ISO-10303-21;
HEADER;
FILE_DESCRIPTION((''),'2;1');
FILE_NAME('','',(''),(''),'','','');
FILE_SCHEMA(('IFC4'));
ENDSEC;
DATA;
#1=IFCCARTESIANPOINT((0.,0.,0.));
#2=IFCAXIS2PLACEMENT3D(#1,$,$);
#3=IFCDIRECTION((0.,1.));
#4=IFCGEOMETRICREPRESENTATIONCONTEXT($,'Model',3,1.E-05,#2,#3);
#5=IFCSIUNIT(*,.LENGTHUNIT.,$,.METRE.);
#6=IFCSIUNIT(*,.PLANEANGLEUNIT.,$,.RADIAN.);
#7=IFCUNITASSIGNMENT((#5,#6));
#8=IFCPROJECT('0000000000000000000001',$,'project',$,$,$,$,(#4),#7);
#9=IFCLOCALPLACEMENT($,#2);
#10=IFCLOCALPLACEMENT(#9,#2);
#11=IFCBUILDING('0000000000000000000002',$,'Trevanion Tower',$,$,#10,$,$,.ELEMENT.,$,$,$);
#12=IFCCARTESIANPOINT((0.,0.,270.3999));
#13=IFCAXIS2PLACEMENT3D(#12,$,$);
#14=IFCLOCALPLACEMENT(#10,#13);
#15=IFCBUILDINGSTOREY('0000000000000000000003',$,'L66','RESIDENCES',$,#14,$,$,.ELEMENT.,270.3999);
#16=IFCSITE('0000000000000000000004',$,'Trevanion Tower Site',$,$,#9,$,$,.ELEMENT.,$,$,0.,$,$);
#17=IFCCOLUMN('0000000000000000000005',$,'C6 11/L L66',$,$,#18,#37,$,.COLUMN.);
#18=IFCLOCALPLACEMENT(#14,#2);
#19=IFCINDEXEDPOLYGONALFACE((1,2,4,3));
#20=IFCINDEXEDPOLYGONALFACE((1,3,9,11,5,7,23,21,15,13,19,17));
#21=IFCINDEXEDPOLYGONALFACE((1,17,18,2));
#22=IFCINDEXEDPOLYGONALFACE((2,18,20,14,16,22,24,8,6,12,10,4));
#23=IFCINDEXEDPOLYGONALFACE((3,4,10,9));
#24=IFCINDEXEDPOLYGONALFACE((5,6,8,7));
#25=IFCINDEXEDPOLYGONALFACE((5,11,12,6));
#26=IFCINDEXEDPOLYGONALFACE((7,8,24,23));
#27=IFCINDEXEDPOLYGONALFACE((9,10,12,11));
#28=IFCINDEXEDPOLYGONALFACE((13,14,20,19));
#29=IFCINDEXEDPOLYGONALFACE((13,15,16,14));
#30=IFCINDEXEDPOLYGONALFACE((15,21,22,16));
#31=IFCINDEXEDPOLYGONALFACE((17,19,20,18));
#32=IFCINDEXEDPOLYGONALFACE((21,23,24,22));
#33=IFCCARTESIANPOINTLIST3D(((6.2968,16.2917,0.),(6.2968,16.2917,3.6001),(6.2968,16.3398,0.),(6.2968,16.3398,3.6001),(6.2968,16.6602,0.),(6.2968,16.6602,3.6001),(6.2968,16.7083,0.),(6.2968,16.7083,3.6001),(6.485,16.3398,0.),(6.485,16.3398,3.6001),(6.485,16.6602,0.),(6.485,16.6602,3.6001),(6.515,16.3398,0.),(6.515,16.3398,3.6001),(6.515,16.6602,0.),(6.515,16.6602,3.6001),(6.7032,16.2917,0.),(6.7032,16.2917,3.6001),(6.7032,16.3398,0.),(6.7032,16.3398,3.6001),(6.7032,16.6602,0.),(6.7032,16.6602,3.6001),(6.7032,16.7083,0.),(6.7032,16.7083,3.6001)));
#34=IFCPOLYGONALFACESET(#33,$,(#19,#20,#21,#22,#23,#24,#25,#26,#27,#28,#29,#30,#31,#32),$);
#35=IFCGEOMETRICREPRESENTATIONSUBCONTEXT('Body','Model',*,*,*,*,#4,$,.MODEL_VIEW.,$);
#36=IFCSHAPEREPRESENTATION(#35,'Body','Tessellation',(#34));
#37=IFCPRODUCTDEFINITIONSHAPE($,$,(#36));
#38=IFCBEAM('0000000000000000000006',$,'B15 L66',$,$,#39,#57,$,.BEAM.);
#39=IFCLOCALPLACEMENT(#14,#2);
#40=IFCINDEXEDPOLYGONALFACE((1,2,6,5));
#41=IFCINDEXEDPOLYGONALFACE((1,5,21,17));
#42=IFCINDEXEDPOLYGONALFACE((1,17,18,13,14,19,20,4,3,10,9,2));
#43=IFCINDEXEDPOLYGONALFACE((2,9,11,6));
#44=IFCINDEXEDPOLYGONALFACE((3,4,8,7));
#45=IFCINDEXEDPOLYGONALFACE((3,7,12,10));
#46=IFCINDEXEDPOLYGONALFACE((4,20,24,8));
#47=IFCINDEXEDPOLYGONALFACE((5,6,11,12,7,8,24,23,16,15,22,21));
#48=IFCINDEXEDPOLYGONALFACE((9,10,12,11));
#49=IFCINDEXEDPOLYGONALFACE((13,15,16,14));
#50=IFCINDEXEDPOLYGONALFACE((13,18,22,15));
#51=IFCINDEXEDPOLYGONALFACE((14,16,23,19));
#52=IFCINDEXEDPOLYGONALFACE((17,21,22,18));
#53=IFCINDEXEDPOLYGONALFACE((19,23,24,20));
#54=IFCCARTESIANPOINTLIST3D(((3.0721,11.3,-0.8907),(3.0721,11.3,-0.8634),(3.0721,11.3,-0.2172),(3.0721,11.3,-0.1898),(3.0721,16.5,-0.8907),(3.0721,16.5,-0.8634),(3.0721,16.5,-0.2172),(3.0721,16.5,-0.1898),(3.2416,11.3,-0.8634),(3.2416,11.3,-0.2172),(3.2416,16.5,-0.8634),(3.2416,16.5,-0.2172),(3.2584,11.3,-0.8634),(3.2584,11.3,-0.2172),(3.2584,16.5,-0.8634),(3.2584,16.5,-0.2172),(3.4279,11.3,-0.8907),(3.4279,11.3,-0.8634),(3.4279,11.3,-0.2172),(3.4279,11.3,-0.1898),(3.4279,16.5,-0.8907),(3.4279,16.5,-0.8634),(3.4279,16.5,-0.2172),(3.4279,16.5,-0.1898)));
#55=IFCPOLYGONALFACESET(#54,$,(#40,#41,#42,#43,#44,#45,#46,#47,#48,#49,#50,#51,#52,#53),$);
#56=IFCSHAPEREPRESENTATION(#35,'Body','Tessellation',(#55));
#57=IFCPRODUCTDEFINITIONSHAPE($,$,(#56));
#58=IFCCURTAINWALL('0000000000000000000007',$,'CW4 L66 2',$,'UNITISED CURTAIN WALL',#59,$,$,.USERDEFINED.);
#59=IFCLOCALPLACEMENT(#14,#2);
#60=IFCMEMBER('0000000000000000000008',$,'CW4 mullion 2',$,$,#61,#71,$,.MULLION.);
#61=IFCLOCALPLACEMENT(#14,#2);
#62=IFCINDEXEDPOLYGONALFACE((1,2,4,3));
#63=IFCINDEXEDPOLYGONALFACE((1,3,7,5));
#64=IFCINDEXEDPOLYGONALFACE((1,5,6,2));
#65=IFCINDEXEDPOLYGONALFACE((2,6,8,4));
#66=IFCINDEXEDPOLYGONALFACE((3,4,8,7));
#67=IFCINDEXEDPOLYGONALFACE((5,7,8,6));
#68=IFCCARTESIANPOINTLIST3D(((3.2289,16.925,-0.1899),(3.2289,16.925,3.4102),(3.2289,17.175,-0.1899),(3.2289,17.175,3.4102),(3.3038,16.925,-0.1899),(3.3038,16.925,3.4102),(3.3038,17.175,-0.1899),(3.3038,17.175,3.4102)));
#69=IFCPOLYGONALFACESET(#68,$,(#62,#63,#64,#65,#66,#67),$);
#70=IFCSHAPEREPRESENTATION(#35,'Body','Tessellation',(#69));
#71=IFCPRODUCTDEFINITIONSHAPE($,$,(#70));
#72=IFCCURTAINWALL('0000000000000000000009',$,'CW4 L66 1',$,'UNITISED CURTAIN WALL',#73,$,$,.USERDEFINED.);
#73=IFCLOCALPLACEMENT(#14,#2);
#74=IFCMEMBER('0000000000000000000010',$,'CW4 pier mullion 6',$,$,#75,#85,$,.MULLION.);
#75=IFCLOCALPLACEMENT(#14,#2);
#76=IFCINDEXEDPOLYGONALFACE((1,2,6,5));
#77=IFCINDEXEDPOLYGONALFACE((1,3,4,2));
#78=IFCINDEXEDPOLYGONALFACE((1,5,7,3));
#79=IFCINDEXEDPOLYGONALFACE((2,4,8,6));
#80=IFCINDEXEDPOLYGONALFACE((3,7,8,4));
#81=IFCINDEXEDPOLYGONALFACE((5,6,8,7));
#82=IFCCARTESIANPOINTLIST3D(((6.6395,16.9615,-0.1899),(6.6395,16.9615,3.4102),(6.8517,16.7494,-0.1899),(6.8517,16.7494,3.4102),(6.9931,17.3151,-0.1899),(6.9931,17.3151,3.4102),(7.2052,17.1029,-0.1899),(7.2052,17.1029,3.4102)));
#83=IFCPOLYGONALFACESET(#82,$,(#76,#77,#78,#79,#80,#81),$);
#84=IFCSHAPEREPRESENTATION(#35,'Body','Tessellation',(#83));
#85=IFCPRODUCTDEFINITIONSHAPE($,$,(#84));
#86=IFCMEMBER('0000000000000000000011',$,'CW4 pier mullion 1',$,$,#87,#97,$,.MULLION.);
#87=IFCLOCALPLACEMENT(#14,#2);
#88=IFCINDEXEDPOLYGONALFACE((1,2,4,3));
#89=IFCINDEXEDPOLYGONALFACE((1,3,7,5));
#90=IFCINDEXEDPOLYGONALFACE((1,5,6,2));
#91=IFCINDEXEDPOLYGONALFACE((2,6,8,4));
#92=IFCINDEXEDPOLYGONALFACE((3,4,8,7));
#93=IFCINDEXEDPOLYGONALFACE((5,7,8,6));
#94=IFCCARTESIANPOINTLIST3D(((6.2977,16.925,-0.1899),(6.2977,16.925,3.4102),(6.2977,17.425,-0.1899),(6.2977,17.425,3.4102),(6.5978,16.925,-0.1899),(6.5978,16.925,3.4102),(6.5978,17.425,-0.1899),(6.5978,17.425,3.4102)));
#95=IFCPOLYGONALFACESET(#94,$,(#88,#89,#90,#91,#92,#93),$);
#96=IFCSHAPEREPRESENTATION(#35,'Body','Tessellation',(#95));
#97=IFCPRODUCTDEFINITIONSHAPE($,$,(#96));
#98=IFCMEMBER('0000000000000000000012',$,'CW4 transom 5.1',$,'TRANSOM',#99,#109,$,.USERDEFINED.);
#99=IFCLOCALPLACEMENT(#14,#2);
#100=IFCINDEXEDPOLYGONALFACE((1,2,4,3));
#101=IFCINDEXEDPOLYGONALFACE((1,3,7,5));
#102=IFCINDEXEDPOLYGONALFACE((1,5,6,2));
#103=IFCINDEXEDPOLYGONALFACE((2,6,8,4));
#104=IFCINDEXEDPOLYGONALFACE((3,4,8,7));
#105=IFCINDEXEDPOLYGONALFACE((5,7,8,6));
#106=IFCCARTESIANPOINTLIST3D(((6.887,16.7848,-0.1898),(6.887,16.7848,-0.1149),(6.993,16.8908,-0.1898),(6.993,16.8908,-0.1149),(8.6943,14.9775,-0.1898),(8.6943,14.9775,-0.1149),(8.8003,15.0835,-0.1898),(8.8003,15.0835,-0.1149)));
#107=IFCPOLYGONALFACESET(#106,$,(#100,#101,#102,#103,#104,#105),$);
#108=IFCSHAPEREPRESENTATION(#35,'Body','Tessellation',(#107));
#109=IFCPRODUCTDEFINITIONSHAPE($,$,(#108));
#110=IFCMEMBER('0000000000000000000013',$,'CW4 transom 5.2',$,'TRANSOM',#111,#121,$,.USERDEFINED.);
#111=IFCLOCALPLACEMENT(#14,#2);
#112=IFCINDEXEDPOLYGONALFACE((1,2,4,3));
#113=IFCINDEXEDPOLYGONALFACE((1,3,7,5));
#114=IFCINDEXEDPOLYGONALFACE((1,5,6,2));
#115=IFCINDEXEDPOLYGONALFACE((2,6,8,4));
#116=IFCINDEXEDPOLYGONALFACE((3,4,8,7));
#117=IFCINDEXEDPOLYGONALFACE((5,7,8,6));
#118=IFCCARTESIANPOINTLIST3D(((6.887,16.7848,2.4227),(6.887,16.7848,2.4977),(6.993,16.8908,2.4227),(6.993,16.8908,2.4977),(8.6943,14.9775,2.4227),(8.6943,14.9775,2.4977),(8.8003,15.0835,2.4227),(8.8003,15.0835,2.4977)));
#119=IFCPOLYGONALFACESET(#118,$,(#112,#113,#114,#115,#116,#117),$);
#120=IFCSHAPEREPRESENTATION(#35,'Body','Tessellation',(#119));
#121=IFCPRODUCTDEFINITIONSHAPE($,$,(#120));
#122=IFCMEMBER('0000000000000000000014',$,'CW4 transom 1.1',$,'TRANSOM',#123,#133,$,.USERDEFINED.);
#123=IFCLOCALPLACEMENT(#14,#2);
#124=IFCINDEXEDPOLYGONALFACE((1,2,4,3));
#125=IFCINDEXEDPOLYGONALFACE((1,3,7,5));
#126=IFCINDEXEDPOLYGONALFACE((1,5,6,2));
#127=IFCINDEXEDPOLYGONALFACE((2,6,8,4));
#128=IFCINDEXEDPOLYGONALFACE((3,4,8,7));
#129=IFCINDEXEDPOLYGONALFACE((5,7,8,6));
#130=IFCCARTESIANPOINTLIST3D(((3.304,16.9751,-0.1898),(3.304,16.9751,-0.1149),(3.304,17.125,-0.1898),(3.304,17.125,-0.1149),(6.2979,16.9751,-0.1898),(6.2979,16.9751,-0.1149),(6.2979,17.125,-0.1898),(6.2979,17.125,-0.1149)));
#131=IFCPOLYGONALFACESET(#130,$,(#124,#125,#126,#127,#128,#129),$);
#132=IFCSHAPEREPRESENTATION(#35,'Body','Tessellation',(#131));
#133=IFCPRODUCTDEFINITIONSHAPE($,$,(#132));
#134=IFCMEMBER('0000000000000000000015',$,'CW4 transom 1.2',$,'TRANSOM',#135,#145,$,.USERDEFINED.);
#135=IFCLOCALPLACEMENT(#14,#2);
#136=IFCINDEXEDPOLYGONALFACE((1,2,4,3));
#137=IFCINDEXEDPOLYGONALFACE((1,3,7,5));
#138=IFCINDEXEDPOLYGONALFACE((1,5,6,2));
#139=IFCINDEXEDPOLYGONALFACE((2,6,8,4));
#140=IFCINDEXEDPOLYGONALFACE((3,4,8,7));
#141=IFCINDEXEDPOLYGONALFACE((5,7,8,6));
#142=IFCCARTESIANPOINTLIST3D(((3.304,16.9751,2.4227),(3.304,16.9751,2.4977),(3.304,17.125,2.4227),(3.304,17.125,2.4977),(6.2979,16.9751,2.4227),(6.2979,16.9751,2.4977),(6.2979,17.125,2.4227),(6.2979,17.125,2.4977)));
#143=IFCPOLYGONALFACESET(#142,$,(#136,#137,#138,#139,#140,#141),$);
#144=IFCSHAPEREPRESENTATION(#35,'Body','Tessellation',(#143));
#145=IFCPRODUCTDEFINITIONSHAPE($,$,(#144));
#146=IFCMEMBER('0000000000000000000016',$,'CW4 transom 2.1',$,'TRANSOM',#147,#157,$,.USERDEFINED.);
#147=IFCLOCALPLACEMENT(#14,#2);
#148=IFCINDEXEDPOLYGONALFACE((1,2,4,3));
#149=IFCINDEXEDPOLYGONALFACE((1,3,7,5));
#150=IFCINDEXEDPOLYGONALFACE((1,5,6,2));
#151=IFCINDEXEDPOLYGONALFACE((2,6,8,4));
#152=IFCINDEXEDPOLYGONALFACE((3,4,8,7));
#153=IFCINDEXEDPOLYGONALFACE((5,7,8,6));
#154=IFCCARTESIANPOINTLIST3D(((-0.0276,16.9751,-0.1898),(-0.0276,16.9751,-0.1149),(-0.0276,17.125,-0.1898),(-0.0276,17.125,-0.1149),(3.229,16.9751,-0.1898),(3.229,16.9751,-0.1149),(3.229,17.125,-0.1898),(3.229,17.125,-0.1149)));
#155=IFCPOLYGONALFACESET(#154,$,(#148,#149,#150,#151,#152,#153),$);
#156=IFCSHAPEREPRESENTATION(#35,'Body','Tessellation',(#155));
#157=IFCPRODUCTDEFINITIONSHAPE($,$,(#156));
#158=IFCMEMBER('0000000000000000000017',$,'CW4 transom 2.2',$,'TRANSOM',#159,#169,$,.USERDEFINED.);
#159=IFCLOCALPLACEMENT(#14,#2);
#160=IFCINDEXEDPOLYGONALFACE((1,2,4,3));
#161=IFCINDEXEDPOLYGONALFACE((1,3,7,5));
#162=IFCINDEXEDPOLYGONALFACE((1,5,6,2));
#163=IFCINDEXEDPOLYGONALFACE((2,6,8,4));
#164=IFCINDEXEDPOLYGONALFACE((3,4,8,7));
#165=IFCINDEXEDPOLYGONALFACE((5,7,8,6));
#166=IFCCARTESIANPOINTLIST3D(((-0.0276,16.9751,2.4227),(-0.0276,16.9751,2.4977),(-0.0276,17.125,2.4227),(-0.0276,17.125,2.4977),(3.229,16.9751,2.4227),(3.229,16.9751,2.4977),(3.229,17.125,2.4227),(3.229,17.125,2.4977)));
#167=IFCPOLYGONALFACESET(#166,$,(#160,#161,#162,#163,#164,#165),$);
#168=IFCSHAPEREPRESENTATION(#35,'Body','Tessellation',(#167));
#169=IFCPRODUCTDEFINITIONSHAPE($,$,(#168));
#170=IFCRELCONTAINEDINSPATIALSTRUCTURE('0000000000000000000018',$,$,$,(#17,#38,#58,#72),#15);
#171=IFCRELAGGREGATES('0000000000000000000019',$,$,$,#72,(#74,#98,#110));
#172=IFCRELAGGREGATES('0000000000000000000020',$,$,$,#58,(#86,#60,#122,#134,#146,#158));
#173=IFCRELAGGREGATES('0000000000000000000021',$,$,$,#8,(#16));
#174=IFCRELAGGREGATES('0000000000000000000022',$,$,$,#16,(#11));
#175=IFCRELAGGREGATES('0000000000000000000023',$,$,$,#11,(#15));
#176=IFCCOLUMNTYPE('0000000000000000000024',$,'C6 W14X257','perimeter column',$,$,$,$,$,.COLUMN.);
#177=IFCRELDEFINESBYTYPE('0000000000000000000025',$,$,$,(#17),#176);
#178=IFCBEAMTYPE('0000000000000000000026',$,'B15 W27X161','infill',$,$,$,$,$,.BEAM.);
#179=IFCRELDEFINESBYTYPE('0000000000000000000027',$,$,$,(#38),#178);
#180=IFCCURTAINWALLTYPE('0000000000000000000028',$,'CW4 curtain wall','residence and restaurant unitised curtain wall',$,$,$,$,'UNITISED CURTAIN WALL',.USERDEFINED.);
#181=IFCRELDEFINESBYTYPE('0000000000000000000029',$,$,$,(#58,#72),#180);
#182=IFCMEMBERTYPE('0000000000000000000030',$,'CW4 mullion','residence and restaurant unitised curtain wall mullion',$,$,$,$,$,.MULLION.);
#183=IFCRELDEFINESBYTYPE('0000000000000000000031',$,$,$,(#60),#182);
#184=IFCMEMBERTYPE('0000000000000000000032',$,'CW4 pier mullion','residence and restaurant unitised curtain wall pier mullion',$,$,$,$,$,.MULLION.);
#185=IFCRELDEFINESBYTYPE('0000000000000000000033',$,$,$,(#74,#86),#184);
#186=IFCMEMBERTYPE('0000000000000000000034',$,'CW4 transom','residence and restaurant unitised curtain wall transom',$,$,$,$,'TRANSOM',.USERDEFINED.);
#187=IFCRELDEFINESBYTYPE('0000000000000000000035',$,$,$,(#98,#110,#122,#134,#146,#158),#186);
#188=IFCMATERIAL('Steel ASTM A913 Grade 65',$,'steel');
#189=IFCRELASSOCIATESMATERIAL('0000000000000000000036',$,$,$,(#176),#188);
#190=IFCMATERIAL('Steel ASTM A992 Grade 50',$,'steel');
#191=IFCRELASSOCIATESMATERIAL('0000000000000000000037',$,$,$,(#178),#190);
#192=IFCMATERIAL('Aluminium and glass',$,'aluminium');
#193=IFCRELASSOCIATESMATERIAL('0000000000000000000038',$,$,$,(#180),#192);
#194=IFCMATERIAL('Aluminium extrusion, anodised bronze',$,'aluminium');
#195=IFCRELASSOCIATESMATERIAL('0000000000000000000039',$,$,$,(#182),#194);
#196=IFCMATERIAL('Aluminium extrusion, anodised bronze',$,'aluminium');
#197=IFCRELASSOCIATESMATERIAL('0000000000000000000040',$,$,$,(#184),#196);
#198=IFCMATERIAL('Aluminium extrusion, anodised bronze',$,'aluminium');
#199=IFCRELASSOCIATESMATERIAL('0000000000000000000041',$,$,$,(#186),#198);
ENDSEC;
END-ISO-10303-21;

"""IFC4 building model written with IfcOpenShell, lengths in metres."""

from ifc_helpers import new_model, si_unit, direction, frame, origin, origin_2d, place, context, subcontext, project, spatial, rectangle, i_section, extrude, material, material_profile, profile_set, type_object, element, aggregate, save


model = new_model("IFC4")

# Units and contexts
model_context = context("Model", 3, precision=1e-05, world=origin(), true_north=direction((0.0, 1.0)))
body_context = subcontext(model_context, "Body", "Model", "MODEL_VIEW")
ifc_project = project(units=[si_unit("LENGTHUNIT", "METRE"), si_unit("PLANEANGLEUNIT", "RADIAN")], contexts=[model_context])

# Site, building, storey
site_placement = place(None, origin())
site = spatial("IfcSite", under=ifc_project, at=site_placement, Name="Trevanion Tower Site", CompositionType="ELEMENT", RefElevation=0.0)
building_placement = place(site_placement, origin())
building = spatial("IfcBuilding", under=site, at=building_placement, Name="Trevanion Tower", CompositionType="ELEMENT")
storey_placement = place(building_placement, frame((0.0, 0.0, 270.3999)))
storey = spatial("IfcBuildingStorey", under=building, at=storey_placement, Name="L66", Description="RESIDENCES", CompositionType="ELEMENT", Elevation=270.3999)

# Column
ifc_material_1 = material(Name="Steel ASTM A913 Grade 65", Category="steel")
ifc_material_profile_1 = material_profile(ifc_material_1, i_section(OverallWidth=0.4065, OverallDepth=0.4165, WebThickness=0.03, FlangeThickness=0.0481, at=origin_2d()), Name="W14X257")
ifc_profile_set_1 = profile_set([ifc_material_profile_1], Name="Steel ASTM A913 Grade 65")
column_type = type_object("IfcColumnType", Name="C6 W14X257", Description="perimeter column", PredefinedType="COLUMN", material=ifc_profile_set_1)
column_placement = place(storey_placement, frame((6.5, 16.5, 0.0), z_axis=(0.0, 0.0, 1.0), x_axis=(1.0, 0.0, 0.0)))
element("IfcColumn", 1, at=column_placement, inside=storey, type_object=column_type, Name="C6 11/L L66", PredefinedType="COLUMN", context=body_context, shape_type="SweptSolid", body=[
    extrude(i_section(OverallWidth=0.4065, OverallDepth=0.4165, WebThickness=0.03, FlangeThickness=0.0481, at=origin_2d()), origin(), (0.0, 0.0, 1.0), 3.6001),
])

# Beam
ifc_material_2 = material(Name="Steel ASTM A992 Grade 50", Category="steel")
ifc_material_profile_2 = material_profile(ifc_material_2, i_section(OverallWidth=0.3557, OverallDepth=0.7009, WebThickness=0.0168, FlangeThickness=0.0273, at=origin_2d()), Name="W27X161")
ifc_profile_set_2 = profile_set([ifc_material_profile_2], Name="Steel ASTM A992 Grade 50")
beam_type_1 = type_object("IfcBeamType", Name="B15 W27X161", Description="infill", PredefinedType="BEAM", material=ifc_profile_set_2)
beam_1_placement = place(storey_placement, frame((3.25, 11.3, -0.5403), z_axis=(0.0, 1.0, 0.0), x_axis=(-1.0, 0.0, 0.0)))
element("IfcBeam", 2, at=beam_1_placement, inside=storey, type_object=beam_type_1, Name="B15 L66", PredefinedType="BEAM", context=body_context, shape_type="SweptSolid", body=[
    extrude(i_section(OverallWidth=0.3557, OverallDepth=0.7009, WebThickness=0.0168, FlangeThickness=0.0273, at=origin_2d()), origin(), (0.0, 0.0, 1.0), 5.2),
])

# Curtain walls, members
ifc_material_3 = material(Name="Aluminium and glass", Category="aluminium")
curtain_wall_type = type_object("IfcCurtainWallType", Name="CW4 curtain wall", Description="residence and restaurant unitised curtain wall", ElementType="UNITISED CURTAIN WALL", PredefinedType="USERDEFINED", material=ifc_material_3)
curtain_wall_1_placement = place(storey_placement, origin())
curtain_wall_1 = element("IfcCurtainWall", 3, at=curtain_wall_1_placement, inside=storey, type_object=curtain_wall_type, Name="CW4 L66 2", ObjectType="UNITISED CURTAIN WALL", PredefinedType="USERDEFINED")
ifc_material_4 = material(Name="Aluminium extrusion, anodised bronze", Category="aluminium")
ifc_material_profile_3 = material_profile(ifc_material_4, rectangle(XDim=0.075, YDim=0.25, at=origin_2d()), Name="CW4 mullion")
ifc_profile_set_3 = profile_set([ifc_material_profile_3], Name="Aluminium extrusion, anodised bronze")
member_type_1 = type_object("IfcMemberType", Name="CW4 mullion", Description="residence and restaurant unitised curtain wall mullion", PredefinedType="MULLION", material=ifc_profile_set_3)
member_1_placement = place(storey_placement, frame((3.2664, 17.05, -0.1899), z_axis=(0.0, 0.0, 1.0), x_axis=(-1.0, 0.0, 0.0)))
member_1 = element("IfcMember", 4, at=member_1_placement, type_object=member_type_1, Name="CW4 mullion 2", PredefinedType="MULLION", context=body_context, shape_type="SweptSolid", body=[
    extrude(rectangle(XDim=0.075, YDim=0.25, at=origin_2d()), origin(), (0.0, 0.0, 1.0), 3.6001),
])
curtain_wall_2_placement = place(storey_placement, origin())
curtain_wall_2 = element("IfcCurtainWall", 5, at=curtain_wall_2_placement, inside=storey, type_object=curtain_wall_type, Name="CW4 L66 1", ObjectType="UNITISED CURTAIN WALL", PredefinedType="USERDEFINED")
ifc_material_5 = material(Name="Aluminium extrusion, anodised bronze", Category="aluminium")
ifc_material_profile_4 = material_profile(ifc_material_5, rectangle(XDim=0.3, YDim=0.5, at=origin_2d()), Name="CW4 pier mullion")
ifc_profile_set_4 = profile_set([ifc_material_profile_4], Name="Aluminium extrusion, anodised bronze")
member_type_2 = type_object("IfcMemberType", Name="CW4 pier mullion", Description="residence and restaurant unitised curtain wall pier mullion", PredefinedType="MULLION", material=ifc_profile_set_4)
member_2_placement = place(storey_placement, frame((6.9224, 17.0322, -0.1899), z_axis=(0.0, 0.0, 1.0), x_axis=(-0.707107, 0.707107, 0.0)))
member_2 = element("IfcMember", 6, at=member_2_placement, type_object=member_type_2, Name="CW4 pier mullion 6", PredefinedType="MULLION", context=body_context, shape_type="SweptSolid", body=[
    extrude(rectangle(XDim=0.3, YDim=0.5, at=origin_2d()), origin(), (0.0, 0.0, 1.0), 3.6001),
])

# Members
member_3_placement = place(storey_placement, frame((6.4478, 17.175, -0.1899), z_axis=(0.0, 0.0, 1.0), x_axis=(-1.0, 0.0, 0.0)))
member_3 = element("IfcMember", 7, at=member_3_placement, type_object=member_type_2, Name="CW4 pier mullion 1", PredefinedType="MULLION", context=body_context, shape_type="SweptSolid", body=[
    extrude(rectangle(XDim=0.3, YDim=0.5, at=origin_2d()), origin(), (0.0, 0.0, 1.0), 3.6001),
])
ifc_material_6 = material(Name="Aluminium extrusion, anodised bronze", Category="aluminium")
ifc_material_profile_5 = material_profile(ifc_material_6, rectangle(XDim=0.1499, YDim=0.075, at=origin_2d()), Name="CW4 transom")
ifc_profile_set_5 = profile_set([ifc_material_profile_5], Name="Aluminium extrusion, anodised bronze")
member_type_3 = type_object("IfcMemberType", Name="CW4 transom", Description="residence and restaurant unitised curtain wall transom", ElementType="TRANSOM", PredefinedType="USERDEFINED", material=ifc_profile_set_5)
member_4_placement = place(storey_placement, frame((8.7473, 15.0305, -0.1523), z_axis=(-0.707107, 0.707107, 0.0), x_axis=(-0.707107, -0.707107, 0.0)))
member_4 = element("IfcMember", 8, at=member_4_placement, type_object=member_type_3, Name="CW4 transom 5.1", ObjectType="TRANSOM", PredefinedType="USERDEFINED", context=body_context, shape_type="SweptSolid", body=[
    extrude(rectangle(XDim=0.1499, YDim=0.075, at=origin_2d()), origin(), (0.0, 0.0, 1.0), 2.5559),
])
member_5_placement = place(storey_placement, frame((8.7473, 15.0305, 2.4602), z_axis=(-0.707107, 0.707107, 0.0), x_axis=(-0.707107, -0.707107, 0.0)))
member_5 = element("IfcMember", 9, at=member_5_placement, type_object=member_type_3, Name="CW4 transom 5.2", ObjectType="TRANSOM", PredefinedType="USERDEFINED", context=body_context, shape_type="SweptSolid", body=[
    extrude(rectangle(XDim=0.1499, YDim=0.075, at=origin_2d()), origin(), (0.0, 0.0, 1.0), 2.5559),
])
member_6_placement = place(storey_placement, frame((6.2979, 17.05, -0.1523), z_axis=(-1.0, 0.0, 0.0), x_axis=(0.0, -1.0, 0.0)))
member_6 = element("IfcMember", 10, at=member_6_placement, type_object=member_type_3, Name="CW4 transom 1.1", ObjectType="TRANSOM", PredefinedType="USERDEFINED", context=body_context, shape_type="SweptSolid", body=[
    extrude(rectangle(XDim=0.1499, YDim=0.075, at=origin_2d()), origin(), (0.0, 0.0, 1.0), 2.9939),
])
member_7_placement = place(storey_placement, frame((6.2979, 17.05, 2.4602), z_axis=(-1.0, 0.0, 0.0), x_axis=(0.0, -1.0, 0.0)))
member_7 = element("IfcMember", 11, at=member_7_placement, type_object=member_type_3, Name="CW4 transom 1.2", ObjectType="TRANSOM", PredefinedType="USERDEFINED", context=body_context, shape_type="SweptSolid", body=[
    extrude(rectangle(XDim=0.1499, YDim=0.075, at=origin_2d()), origin(), (0.0, 0.0, 1.0), 2.9939),
])
member_8_placement = place(storey_placement, frame((3.229, 17.05, -0.1523), z_axis=(-1.0, 0.0, 0.0), x_axis=(0.0, -1.0, 0.0)))
member_8 = element("IfcMember", 12, at=member_8_placement, type_object=member_type_3, Name="CW4 transom 2.1", ObjectType="TRANSOM", PredefinedType="USERDEFINED", context=body_context, shape_type="SweptSolid", body=[
    extrude(rectangle(XDim=0.1499, YDim=0.075, at=origin_2d()), origin(), (0.0, 0.0, 1.0), 3.2566),
])
member_9_placement = place(storey_placement, frame((3.229, 17.05, 2.4602), z_axis=(-1.0, 0.0, 0.0), x_axis=(0.0, -1.0, 0.0)))
member_9 = element("IfcMember", 13, at=member_9_placement, type_object=member_type_3, Name="CW4 transom 2.2", ObjectType="TRANSOM", PredefinedType="USERDEFINED", context=body_context, shape_type="SweptSolid", body=[
    extrude(rectangle(XDim=0.1499, YDim=0.075, at=origin_2d()), origin(), (0.0, 0.0, 1.0), 3.2566),
])

aggregate(curtain_wall_2, [member_2, member_4, member_5])
aggregate(curtain_wall_1, [member_3, member_1, member_6, member_7, member_8, member_9])

save(model, "model.ifc")
